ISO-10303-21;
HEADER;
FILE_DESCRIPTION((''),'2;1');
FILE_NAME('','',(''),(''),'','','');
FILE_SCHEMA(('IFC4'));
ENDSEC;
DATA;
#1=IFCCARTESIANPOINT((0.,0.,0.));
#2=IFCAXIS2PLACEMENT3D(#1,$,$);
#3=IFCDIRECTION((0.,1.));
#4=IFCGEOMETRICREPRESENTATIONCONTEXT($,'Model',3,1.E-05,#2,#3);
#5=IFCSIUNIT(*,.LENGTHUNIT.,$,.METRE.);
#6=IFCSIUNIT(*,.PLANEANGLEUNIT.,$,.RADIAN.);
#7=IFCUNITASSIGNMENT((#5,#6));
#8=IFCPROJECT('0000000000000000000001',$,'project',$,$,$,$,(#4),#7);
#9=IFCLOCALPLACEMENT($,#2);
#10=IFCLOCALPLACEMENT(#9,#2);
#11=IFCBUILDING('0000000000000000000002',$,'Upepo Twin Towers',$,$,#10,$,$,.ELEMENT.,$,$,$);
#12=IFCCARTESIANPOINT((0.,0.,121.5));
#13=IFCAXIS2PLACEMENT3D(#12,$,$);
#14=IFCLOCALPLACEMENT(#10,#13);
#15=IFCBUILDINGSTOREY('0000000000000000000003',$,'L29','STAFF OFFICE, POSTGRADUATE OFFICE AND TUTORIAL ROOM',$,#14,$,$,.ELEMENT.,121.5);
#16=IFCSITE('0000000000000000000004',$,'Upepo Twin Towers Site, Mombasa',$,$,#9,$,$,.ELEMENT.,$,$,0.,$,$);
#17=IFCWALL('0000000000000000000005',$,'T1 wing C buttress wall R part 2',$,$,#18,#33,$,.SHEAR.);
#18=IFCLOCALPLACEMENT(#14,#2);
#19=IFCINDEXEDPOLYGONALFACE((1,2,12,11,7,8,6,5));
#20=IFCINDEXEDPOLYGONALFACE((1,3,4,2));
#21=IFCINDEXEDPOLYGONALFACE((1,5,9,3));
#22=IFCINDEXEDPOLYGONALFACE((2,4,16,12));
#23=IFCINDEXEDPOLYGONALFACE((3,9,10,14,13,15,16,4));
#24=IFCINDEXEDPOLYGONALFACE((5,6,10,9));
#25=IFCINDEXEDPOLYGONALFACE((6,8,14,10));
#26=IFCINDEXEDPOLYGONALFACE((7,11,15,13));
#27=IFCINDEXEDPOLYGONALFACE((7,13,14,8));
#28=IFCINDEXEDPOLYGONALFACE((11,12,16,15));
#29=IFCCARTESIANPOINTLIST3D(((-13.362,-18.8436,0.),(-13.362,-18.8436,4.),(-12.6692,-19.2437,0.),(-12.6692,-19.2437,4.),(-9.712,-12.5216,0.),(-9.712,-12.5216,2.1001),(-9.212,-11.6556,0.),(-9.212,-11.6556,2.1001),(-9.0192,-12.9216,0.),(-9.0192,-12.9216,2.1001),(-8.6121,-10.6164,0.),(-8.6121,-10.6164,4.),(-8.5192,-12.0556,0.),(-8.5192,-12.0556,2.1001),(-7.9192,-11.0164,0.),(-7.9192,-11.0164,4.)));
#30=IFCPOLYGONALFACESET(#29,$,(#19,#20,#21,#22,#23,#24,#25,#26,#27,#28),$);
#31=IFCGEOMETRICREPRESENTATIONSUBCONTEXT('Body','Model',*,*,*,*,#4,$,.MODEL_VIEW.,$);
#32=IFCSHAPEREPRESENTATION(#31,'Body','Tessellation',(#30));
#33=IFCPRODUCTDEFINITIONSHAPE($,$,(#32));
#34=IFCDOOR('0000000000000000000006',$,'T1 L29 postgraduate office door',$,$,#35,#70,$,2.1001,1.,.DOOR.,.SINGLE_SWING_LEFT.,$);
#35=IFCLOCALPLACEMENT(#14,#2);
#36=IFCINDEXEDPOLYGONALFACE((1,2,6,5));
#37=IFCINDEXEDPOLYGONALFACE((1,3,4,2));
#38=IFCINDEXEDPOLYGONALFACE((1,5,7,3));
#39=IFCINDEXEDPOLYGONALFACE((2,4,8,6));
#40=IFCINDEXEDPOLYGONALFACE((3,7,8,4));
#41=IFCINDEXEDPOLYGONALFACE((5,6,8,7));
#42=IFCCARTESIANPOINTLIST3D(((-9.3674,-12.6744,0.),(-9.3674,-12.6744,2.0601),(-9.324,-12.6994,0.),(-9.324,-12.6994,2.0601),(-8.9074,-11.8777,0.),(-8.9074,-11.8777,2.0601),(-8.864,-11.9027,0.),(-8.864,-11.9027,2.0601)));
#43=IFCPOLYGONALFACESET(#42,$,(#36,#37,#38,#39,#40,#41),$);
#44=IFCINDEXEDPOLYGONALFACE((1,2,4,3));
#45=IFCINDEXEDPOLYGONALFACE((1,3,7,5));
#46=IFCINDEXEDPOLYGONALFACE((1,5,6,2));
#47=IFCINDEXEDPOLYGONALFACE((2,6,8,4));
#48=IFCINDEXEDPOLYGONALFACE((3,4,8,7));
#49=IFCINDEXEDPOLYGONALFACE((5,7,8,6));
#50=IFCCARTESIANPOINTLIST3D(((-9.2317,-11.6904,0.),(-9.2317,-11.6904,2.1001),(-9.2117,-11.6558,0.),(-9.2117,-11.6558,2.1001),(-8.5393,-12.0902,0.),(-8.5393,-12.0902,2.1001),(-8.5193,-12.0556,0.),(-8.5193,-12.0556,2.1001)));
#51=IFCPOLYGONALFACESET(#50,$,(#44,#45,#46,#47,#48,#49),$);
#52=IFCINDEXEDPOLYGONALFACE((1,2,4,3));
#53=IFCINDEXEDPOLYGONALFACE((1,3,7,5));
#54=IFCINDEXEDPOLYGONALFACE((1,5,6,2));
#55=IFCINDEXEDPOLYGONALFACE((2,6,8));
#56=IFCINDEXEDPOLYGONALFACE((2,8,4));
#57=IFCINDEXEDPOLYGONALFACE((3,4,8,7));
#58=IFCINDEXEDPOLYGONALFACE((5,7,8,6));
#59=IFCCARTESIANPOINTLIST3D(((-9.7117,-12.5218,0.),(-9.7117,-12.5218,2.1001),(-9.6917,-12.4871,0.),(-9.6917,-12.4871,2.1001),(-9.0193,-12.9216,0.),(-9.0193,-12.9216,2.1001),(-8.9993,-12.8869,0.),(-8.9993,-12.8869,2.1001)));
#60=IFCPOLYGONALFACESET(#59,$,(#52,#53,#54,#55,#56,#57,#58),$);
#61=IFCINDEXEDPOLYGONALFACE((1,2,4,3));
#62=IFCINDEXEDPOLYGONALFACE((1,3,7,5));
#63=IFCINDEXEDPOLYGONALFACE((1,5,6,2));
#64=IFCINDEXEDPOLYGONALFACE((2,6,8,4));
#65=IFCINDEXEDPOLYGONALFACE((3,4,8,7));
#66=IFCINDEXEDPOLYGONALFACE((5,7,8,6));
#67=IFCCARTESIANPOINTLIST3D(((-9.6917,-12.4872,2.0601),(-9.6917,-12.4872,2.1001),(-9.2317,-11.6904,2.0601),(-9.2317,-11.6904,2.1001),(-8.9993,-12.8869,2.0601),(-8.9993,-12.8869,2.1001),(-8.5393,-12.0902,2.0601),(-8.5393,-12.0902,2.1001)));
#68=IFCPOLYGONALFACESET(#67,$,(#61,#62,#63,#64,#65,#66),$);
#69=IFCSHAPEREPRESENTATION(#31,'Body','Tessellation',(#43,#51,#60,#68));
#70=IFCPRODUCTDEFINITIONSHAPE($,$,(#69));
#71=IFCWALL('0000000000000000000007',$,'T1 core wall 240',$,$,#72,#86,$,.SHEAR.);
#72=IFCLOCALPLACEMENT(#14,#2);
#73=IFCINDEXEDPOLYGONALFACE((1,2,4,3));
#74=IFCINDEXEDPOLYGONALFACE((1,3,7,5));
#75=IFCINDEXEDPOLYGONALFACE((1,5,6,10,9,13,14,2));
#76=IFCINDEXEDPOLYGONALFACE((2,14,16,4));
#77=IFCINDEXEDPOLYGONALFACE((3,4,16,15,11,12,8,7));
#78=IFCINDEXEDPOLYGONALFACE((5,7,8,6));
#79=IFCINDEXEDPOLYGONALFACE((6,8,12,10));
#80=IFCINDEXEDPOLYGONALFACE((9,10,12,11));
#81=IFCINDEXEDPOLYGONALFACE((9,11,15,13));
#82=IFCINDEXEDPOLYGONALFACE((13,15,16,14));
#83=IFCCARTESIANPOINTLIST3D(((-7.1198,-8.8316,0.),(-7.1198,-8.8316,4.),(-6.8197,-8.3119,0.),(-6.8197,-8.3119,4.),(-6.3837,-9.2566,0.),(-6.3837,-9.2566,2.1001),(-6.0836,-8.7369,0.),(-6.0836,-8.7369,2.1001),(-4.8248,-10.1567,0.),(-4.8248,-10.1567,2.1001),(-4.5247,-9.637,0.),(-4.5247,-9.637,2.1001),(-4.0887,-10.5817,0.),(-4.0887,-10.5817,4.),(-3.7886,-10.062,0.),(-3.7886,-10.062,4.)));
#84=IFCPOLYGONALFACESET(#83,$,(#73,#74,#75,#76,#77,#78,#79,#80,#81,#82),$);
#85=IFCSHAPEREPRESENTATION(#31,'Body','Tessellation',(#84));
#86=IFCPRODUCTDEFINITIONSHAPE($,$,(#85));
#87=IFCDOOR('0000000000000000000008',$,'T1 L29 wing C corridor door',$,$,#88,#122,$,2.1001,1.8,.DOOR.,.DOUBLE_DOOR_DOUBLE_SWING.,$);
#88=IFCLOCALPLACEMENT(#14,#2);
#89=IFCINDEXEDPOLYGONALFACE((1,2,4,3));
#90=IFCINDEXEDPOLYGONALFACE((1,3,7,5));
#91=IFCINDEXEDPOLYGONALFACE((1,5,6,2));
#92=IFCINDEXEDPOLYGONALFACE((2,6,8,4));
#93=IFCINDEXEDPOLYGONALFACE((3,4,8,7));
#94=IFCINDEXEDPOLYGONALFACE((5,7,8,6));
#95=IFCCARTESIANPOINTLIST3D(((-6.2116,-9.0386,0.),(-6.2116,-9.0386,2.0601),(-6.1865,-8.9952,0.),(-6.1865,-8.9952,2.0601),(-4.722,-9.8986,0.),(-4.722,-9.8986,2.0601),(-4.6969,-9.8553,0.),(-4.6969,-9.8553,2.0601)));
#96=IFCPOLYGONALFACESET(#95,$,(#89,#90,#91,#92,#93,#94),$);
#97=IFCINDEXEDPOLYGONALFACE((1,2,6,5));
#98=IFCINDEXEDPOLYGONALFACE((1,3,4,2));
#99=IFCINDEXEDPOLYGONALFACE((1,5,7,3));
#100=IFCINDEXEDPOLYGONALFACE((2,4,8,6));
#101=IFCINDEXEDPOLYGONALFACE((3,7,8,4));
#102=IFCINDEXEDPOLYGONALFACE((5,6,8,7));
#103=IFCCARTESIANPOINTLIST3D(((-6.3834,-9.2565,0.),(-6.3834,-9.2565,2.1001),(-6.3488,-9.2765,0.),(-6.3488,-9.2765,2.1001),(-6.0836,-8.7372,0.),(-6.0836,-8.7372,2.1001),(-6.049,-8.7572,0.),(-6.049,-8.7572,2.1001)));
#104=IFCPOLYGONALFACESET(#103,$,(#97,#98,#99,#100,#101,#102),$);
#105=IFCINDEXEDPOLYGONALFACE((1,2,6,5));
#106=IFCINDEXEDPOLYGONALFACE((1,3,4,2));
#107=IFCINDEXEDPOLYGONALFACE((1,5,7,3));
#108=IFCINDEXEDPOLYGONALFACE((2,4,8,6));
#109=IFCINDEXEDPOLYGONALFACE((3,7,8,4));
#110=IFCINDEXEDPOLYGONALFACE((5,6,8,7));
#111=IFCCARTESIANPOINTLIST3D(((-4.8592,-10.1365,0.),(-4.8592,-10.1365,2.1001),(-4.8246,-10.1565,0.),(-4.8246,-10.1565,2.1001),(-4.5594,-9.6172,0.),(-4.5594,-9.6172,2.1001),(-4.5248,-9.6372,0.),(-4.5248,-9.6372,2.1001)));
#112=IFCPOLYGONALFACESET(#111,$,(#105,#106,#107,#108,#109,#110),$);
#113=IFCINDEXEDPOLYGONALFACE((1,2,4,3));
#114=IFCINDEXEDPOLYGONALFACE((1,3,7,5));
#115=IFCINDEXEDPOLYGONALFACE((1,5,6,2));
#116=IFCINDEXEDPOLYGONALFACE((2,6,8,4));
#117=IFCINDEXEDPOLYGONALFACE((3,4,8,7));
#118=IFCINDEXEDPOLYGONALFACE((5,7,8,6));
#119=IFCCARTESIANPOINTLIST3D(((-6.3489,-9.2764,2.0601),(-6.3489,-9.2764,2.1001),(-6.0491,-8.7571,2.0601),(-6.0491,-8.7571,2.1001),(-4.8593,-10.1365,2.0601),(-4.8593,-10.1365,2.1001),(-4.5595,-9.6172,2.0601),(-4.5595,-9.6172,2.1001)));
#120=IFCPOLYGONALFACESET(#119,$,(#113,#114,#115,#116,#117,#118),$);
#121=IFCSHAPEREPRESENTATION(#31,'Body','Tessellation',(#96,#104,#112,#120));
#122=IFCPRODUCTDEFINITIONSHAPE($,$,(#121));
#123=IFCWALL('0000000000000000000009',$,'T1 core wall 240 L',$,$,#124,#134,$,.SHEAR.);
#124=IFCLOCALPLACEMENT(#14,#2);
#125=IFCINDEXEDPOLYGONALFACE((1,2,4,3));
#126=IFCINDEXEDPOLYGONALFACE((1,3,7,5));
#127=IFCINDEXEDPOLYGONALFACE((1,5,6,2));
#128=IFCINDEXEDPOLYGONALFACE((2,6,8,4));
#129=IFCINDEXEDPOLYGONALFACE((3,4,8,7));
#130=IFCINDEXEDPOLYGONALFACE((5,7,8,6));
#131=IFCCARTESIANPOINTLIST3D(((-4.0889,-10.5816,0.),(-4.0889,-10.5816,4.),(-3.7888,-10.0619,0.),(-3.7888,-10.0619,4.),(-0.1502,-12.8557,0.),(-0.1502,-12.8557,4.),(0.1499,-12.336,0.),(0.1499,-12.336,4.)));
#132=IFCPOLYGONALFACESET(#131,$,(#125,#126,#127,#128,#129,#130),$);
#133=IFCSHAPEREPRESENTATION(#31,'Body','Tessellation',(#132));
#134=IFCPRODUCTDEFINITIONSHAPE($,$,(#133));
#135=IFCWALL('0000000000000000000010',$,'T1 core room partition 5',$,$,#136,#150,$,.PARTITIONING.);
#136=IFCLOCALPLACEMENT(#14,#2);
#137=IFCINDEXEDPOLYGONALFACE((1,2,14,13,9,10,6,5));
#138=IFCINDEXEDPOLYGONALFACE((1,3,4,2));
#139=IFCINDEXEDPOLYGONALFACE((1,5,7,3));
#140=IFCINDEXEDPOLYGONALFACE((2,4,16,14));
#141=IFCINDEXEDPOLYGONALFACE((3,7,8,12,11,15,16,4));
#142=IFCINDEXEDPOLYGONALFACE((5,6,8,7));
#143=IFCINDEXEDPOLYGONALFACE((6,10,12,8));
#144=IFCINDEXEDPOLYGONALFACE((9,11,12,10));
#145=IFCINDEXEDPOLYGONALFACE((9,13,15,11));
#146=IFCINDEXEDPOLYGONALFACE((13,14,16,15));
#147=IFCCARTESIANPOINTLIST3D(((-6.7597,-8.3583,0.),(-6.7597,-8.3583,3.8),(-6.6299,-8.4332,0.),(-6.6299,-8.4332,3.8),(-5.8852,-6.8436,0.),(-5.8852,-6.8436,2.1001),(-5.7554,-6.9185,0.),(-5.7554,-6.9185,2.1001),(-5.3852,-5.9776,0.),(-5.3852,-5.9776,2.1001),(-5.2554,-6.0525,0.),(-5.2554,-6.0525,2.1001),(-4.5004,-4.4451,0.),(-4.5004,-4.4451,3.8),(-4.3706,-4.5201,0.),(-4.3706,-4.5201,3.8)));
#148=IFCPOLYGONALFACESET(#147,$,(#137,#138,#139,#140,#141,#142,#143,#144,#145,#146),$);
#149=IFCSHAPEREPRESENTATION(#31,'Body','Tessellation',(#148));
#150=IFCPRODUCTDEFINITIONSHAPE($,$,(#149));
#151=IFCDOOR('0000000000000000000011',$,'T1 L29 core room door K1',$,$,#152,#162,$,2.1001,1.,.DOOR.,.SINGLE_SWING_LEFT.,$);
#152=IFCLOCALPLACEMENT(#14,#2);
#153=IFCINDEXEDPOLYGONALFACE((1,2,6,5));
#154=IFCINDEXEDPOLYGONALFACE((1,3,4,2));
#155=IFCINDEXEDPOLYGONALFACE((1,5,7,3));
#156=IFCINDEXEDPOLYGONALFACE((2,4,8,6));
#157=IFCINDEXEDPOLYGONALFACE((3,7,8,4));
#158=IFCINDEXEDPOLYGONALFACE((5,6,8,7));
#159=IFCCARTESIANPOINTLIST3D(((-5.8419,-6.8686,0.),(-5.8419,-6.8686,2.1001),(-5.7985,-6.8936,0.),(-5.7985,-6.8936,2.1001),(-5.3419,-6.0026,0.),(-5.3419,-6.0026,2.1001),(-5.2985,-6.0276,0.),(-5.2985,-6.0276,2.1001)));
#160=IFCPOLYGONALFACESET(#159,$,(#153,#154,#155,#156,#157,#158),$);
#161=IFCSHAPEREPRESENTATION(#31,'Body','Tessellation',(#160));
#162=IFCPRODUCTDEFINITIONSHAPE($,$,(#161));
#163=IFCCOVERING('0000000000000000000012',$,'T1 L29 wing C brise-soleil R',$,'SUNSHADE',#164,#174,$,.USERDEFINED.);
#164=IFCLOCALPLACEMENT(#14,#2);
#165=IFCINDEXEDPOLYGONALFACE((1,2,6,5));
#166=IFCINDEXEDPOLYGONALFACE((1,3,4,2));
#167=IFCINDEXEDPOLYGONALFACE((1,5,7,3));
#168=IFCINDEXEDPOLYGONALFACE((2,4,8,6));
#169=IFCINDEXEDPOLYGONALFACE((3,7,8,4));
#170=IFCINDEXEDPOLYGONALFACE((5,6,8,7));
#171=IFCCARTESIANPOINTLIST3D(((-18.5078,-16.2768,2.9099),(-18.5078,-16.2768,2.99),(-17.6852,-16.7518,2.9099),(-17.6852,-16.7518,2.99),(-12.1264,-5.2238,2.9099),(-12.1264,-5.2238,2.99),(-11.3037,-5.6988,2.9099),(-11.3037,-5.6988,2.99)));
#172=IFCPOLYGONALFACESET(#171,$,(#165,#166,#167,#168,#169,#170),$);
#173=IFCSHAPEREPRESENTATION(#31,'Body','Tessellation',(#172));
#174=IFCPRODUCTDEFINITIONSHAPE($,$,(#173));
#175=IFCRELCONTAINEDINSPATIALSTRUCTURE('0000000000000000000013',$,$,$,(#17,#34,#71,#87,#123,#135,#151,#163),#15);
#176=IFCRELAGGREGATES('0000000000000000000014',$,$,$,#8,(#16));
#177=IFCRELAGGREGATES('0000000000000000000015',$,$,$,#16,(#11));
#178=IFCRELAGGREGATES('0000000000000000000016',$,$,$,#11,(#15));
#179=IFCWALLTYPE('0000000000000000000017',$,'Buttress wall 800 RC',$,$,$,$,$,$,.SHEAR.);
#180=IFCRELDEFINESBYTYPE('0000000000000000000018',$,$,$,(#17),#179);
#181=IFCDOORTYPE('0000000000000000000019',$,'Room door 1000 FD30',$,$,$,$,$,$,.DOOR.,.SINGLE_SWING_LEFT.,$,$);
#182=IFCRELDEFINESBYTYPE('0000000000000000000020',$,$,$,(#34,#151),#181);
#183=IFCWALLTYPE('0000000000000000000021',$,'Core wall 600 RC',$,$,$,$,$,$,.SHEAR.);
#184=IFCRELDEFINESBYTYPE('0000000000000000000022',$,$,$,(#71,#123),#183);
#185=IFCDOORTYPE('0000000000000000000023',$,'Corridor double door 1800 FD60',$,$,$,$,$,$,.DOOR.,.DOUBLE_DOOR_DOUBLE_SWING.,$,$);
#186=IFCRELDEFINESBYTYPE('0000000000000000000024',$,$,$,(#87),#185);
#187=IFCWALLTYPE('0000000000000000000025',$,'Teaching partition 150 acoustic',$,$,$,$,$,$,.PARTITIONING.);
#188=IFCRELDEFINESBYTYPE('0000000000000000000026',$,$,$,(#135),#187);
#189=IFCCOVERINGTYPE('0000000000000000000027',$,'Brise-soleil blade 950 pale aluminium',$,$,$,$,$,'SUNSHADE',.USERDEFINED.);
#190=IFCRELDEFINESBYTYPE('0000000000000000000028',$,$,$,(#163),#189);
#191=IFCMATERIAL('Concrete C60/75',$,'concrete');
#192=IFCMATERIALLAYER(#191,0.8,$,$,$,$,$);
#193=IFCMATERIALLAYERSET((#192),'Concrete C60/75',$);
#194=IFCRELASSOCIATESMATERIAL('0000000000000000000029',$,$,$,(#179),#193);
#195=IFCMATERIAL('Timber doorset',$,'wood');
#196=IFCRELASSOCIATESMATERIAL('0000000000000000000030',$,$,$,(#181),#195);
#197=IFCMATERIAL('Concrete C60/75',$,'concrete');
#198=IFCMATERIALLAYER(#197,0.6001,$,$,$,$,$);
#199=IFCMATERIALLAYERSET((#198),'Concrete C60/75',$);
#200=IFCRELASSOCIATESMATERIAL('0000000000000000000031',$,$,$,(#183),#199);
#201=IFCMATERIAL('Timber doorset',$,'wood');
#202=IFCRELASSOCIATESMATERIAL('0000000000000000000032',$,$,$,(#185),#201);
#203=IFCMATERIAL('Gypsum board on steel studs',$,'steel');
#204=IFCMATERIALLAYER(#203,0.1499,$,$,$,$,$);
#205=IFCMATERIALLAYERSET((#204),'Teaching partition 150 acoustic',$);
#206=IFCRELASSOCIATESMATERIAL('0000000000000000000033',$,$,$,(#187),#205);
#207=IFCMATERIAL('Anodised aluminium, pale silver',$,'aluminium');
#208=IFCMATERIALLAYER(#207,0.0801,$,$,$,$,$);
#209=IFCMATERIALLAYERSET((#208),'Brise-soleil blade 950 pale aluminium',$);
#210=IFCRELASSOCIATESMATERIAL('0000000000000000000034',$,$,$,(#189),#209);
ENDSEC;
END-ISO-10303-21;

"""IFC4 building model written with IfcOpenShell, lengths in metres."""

from ifc_helpers import new_model, si_unit, direction, frame, frame_2d, origin, origin_2d, place, context, subcontext, project, spatial, rectangle, extrude, material, layer, layer_set, type_object, element, fill, save


model = new_model("IFC4")

# Units and contexts
model_context = context("Model", 3, precision=1e-05, world=origin(), true_north=direction((0.0, 1.0)))
body_context = subcontext(model_context, "Body", "Model", "MODEL_VIEW")
ifc_project = project(units=[si_unit("LENGTHUNIT", "METRE"), si_unit("PLANEANGLEUNIT", "RADIAN")], contexts=[model_context])

# Site, building, storey
site_placement = place(None, origin())
site = spatial("IfcSite", under=ifc_project, at=site_placement, Name="Upepo Twin Towers Site, Mombasa", CompositionType="ELEMENT", RefElevation=0.0)
building_placement = place(site_placement, origin())
building = spatial("IfcBuilding", under=site, at=building_placement, Name="Upepo Twin Towers", CompositionType="ELEMENT")
storey_placement = place(building_placement, frame((0.0, 0.0, 121.5)))
storey = spatial("IfcBuildingStorey", under=building, at=storey_placement, Name="L29", Description="STAFF OFFICE, POSTGRADUATE OFFICE AND TUTORIAL ROOM", CompositionType="ELEMENT", Elevation=121.5)

# Walls, openings, doors
ifc_material_1 = material(Name="Concrete C60/75", Category="concrete")
ifc_layer_1 = layer(ifc_material_1, 0.8)
ifc_layer_set_1 = layer_set([ifc_layer_1], Name="Concrete C60/75")
wall_type_1 = type_object("IfcWallType", Name="Buttress wall 800 RC", PredefinedType="SHEAR", material=ifc_layer_set_1)
ifc_material_2 = material(Name="Timber doorset", Category="wood")
door_type_1 = type_object("IfcDoorType", Name="Room door 1000 FD30", OperationType="SINGLE_SWING_LEFT", PredefinedType="DOOR", material=ifc_material_2)
wall_1_placement = place(storey_placement, frame((-8.2656, -10.8164, 0.0), z_axis=(0.0, 0.0, 1.0), x_axis=(-0.499998, -0.866027, 0.0)))
wall_1 = element("IfcWall", 1, at=wall_1_placement, inside=storey, type_object=wall_type_1, Name="T1 wing C buttress wall R part 2", PredefinedType="SHEAR", context=body_context, shape_type="SweptSolid", body=[
    extrude(rectangle(XDim=9.5, YDim=0.8, at=frame_2d((4.75, 0.0))), origin(), (0.0, 0.0, 1.0), 4.0),
])
opening_1_placement = place(wall_1_placement, frame((1.2, 0.0, 0.0)))
opening_1 = element("IfcOpeningElement", 2, at=opening_1_placement, cuts=wall_1, PredefinedType="OPENING", context=body_context, shape_type="SweptSolid", body=[
    extrude(rectangle(XDim=1.0, YDim=2.1001, at=frame_2d((0.5, 1.05))), frame((0.0, 0.4099, 0.0), z_axis=(0.0, -1.0, 0.0), x_axis=(1.0, 0.0, 0.0)), (0.0, 0.0, 1.0), 0.8201),
])
door_1_placement = place(opening_1_placement, origin())
door_1 = element("IfcDoor", 3, at=door_1_placement, inside=storey, type_object=door_type_1, Name="T1 L29 postgraduate office door", OperationType="SINGLE_SWING_LEFT", OverallHeight=2.1001, OverallWidth=1.0, PredefinedType="DOOR", context=body_context, shape_type="SweptSolid", body=[
    extrude(rectangle(XDim=0.92, YDim=2.0601, at=frame_2d((0.5, 1.03))), frame((0.0, 0.0249, 0.0), z_axis=(0.0, -1.0, 0.0), x_axis=(1.0, 0.0, 0.0)), (0.0, 0.0, 1.0), 0.05),
    extrude(rectangle(XDim=0.04, YDim=2.1001, at=frame_2d((0.02, 1.05))), frame((0.0, 0.3999, 0.0), z_axis=(0.0, -1.0, 0.0), x_axis=(1.0, 0.0, 0.0)), (0.0, 0.0, 1.0), 0.7996),
    extrude(rectangle(XDim=0.04, YDim=2.1001, at=frame_2d((0.98, 1.05))), frame((0.0, 0.3999, 0.0), z_axis=(0.0, -1.0, 0.0), x_axis=(1.0, 0.0, 0.0)), (0.0, 0.0, 1.0), 0.7996),
    extrude(rectangle(XDim=0.92, YDim=0.04, at=frame_2d((0.5, 2.0801))), frame((0.0, 0.3999, 0.0), z_axis=(0.0, -1.0, 0.0), x_axis=(1.0, 0.0, 0.0)), (0.0, 0.0, 1.0), 0.7996),
])
fill(opening_1, door_1)
ifc_material_3 = material(Name="Concrete C60/75", Category="concrete")
ifc_layer_2 = layer(ifc_material_3, 0.6001)
ifc_layer_set_2 = layer_set([ifc_layer_2], Name="Concrete C60/75")
wall_type_2 = type_object("IfcWallType", Name="Core wall 600 RC", PredefinedType="SHEAR", material=ifc_layer_set_2)
wall_2_placement = place(storey_placement, frame((-6.9697, -8.5718, 0.0), z_axis=(0.0, 0.0, 1.0), x_axis=(0.866019, -0.50001, 0.0)))
wall_2 = element("IfcWall", 4, at=wall_2_placement, inside=storey, type_object=wall_type_2, Name="T1 core wall 240", PredefinedType="SHEAR", context=body_context, shape_type="SweptSolid", body=[
    extrude(rectangle(XDim=3.5, YDim=0.6001, at=frame_2d((1.75, 0.0))), origin(), (0.0, 0.0, 1.0), 4.0),
])
opening_2_placement = place(wall_2_placement, frame((0.8501, 0.0, 0.0)))
opening_2 = element("IfcOpeningElement", 5, at=opening_2_placement, cuts=wall_2, PredefinedType="OPENING", context=body_context, shape_type="SweptSolid", body=[
    extrude(rectangle(XDim=1.8, YDim=2.1001, at=frame_2d((0.8999, 1.05))), frame((0.0, 0.3101, 0.0), z_axis=(0.0, -1.0, 0.0), x_axis=(1.0, 0.0, 0.0)), (0.0, 0.0, 1.0), 0.6201),
])
ifc_material_4 = material(Name="Timber doorset", Category="wood")
door_type_2 = type_object("IfcDoorType", Name="Corridor double door 1800 FD60", OperationType="DOUBLE_DOOR_DOUBLE_SWING", PredefinedType="DOOR", material=ifc_material_4)
door_2_placement = place(opening_2_placement, origin())
door_2 = element("IfcDoor", 6, at=door_2_placement, inside=storey, type_object=door_type_2, Name="T1 L29 wing C corridor door", OperationType="DOUBLE_DOOR_DOUBLE_SWING", OverallHeight=2.1001, OverallWidth=1.8, PredefinedType="DOOR", context=body_context, shape_type="SweptSolid", body=[
    extrude(rectangle(XDim=1.72, YDim=2.0601, at=frame_2d((0.8999, 1.03))), frame((0.0, 0.0249, 0.0), z_axis=(0.0, -1.0, 0.0), x_axis=(1.0, 0.0, 0.0)), (0.0, 0.0, 1.0), 0.05),
    extrude(rectangle(XDim=0.04, YDim=2.1001, at=frame_2d((0.02, 1.05))), frame((0.0, 0.2998, 0.0), z_axis=(0.0, -1.0, 0.0), x_axis=(1.0, 0.0, 0.0)), (0.0, 0.0, 1.0), 0.5996),
    extrude(rectangle(XDim=0.04, YDim=2.1001, at=frame_2d((1.78, 1.05))), frame((0.0, 0.2998, 0.0), z_axis=(0.0, -1.0, 0.0), x_axis=(1.0, 0.0, 0.0)), (0.0, 0.0, 1.0), 0.5996),
    extrude(rectangle(XDim=1.72, YDim=0.04, at=frame_2d((0.8999, 2.0801))), frame((0.0, 0.2998, 0.0), z_axis=(0.0, -1.0, 0.0), x_axis=(1.0, 0.0, 0.0)), (0.0, 0.0, 1.0), 0.5996),
])
fill(opening_2, door_2)

# Wall
wall_3_placement = place(storey_placement, frame((-3.9387, -10.3218, 0.0), z_axis=(0.0, 0.0, 1.0), x_axis=(0.866011, -0.500024, 0.0)))
element("IfcWall", 7, at=wall_3_placement, inside=storey, type_object=wall_type_2, Name="T1 core wall 240 L", PredefinedType="SHEAR", context=body_context, shape_type="SweptSolid", body=[
    extrude(rectangle(XDim=4.5481, YDim=0.6001, at=frame_2d((2.2739, 0.0))), origin(), (0.0, 0.0, 1.0), 4.0),
])

# Wall, opening, door
ifc_material_5 = material(Name="Gypsum board on steel studs", Category="steel")
ifc_layer_3 = layer(ifc_material_5, 0.1499)
ifc_layer_set_3 = layer_set([ifc_layer_3], Name="Teaching partition 150 acoustic")
wall_type_3 = type_object("IfcWallType", Name="Teaching partition 150 acoustic", PredefinedType="PARTITIONING", material=ifc_layer_set_3)
wall_4_placement = place(storey_placement, frame((-6.6948, -8.3958, 0.0), z_axis=(0.0, 0.0, 1.0), x_axis=(0.500009, 0.86602, 0.0)))
wall_4 = element("IfcWall", 8, at=wall_4_placement, inside=storey, type_object=wall_type_3, Name="T1 core room partition 5", PredefinedType="PARTITIONING", context=body_context, shape_type="SweptSolid", body=[
    extrude(rectangle(XDim=4.5186, YDim=0.1499, at=frame_2d((2.2593, 0.0))), origin(), (0.0, 0.0, 1.0), 3.8),
])
opening_3_placement = place(wall_4_placement, frame((1.749, 0.0, 0.0)))
opening_3 = element("IfcOpeningElement", 9, at=opening_3_placement, cuts=wall_4, PredefinedType="OPENING", context=body_context, shape_type="SweptSolid", body=[
    extrude(rectangle(XDim=1.0, YDim=2.1001, at=frame_2d((0.5, 1.05))), frame((0.0, 0.085, 0.0), z_axis=(0.0, -1.0, 0.0), x_axis=(1.0, 0.0, 0.0)), (0.0, 0.0, 1.0), 0.1699),
])
door_3_placement = place(opening_3_placement, origin())
door_3 = element("IfcDoor", 10, at=door_3_placement, inside=storey, type_object=door_type_1, Name="T1 L29 core room door K1", OperationType="SINGLE_SWING_LEFT", OverallHeight=2.1001, OverallWidth=1.0, PredefinedType="DOOR", context=body_context, shape_type="SweptSolid", body=[
    extrude(rectangle(XDim=1.0, YDim=2.1001, at=frame_2d((0.5, 1.05))), frame((0.0, 0.0249, 0.0), z_axis=(0.0, -1.0, 0.0), x_axis=(1.0, 0.0, 0.0)), (0.0, 0.0, 1.0), 0.05),
])
fill(opening_3, door_3)

# Covering
ifc_material_6 = material(Name="Anodised aluminium, pale silver", Category="aluminium")
ifc_layer_4 = layer(ifc_material_6, 0.0801)
ifc_layer_set_4 = layer_set([ifc_layer_4], Name="Brise-soleil blade 950 pale aluminium")
covering_type = type_object("IfcCoveringType", Name="Brise-soleil blade 950 pale aluminium", ElementType="SUNSHADE", PredefinedType="USERDEFINED", material=ifc_layer_set_4)
covering_placement = place(storey_placement, frame((-14.9058, -10.9878, 2.9099), z_axis=(0.0, 0.0, 1.0), x_axis=(-0.5, -0.866025, 0.0)))
element("IfcCovering", 11, at=covering_placement, inside=storey, type_object=covering_type, Name="T1 L29 wing C brise-soleil R", ObjectType="SUNSHADE", PredefinedType="USERDEFINED", context=body_context, shape_type="SweptSolid", body=[
    extrude(rectangle(XDim=12.7629, YDim=0.95, at=origin_2d()), origin(), (0.0, 0.0, 1.0), 0.0801),
])

save(model, "model.ifc")
